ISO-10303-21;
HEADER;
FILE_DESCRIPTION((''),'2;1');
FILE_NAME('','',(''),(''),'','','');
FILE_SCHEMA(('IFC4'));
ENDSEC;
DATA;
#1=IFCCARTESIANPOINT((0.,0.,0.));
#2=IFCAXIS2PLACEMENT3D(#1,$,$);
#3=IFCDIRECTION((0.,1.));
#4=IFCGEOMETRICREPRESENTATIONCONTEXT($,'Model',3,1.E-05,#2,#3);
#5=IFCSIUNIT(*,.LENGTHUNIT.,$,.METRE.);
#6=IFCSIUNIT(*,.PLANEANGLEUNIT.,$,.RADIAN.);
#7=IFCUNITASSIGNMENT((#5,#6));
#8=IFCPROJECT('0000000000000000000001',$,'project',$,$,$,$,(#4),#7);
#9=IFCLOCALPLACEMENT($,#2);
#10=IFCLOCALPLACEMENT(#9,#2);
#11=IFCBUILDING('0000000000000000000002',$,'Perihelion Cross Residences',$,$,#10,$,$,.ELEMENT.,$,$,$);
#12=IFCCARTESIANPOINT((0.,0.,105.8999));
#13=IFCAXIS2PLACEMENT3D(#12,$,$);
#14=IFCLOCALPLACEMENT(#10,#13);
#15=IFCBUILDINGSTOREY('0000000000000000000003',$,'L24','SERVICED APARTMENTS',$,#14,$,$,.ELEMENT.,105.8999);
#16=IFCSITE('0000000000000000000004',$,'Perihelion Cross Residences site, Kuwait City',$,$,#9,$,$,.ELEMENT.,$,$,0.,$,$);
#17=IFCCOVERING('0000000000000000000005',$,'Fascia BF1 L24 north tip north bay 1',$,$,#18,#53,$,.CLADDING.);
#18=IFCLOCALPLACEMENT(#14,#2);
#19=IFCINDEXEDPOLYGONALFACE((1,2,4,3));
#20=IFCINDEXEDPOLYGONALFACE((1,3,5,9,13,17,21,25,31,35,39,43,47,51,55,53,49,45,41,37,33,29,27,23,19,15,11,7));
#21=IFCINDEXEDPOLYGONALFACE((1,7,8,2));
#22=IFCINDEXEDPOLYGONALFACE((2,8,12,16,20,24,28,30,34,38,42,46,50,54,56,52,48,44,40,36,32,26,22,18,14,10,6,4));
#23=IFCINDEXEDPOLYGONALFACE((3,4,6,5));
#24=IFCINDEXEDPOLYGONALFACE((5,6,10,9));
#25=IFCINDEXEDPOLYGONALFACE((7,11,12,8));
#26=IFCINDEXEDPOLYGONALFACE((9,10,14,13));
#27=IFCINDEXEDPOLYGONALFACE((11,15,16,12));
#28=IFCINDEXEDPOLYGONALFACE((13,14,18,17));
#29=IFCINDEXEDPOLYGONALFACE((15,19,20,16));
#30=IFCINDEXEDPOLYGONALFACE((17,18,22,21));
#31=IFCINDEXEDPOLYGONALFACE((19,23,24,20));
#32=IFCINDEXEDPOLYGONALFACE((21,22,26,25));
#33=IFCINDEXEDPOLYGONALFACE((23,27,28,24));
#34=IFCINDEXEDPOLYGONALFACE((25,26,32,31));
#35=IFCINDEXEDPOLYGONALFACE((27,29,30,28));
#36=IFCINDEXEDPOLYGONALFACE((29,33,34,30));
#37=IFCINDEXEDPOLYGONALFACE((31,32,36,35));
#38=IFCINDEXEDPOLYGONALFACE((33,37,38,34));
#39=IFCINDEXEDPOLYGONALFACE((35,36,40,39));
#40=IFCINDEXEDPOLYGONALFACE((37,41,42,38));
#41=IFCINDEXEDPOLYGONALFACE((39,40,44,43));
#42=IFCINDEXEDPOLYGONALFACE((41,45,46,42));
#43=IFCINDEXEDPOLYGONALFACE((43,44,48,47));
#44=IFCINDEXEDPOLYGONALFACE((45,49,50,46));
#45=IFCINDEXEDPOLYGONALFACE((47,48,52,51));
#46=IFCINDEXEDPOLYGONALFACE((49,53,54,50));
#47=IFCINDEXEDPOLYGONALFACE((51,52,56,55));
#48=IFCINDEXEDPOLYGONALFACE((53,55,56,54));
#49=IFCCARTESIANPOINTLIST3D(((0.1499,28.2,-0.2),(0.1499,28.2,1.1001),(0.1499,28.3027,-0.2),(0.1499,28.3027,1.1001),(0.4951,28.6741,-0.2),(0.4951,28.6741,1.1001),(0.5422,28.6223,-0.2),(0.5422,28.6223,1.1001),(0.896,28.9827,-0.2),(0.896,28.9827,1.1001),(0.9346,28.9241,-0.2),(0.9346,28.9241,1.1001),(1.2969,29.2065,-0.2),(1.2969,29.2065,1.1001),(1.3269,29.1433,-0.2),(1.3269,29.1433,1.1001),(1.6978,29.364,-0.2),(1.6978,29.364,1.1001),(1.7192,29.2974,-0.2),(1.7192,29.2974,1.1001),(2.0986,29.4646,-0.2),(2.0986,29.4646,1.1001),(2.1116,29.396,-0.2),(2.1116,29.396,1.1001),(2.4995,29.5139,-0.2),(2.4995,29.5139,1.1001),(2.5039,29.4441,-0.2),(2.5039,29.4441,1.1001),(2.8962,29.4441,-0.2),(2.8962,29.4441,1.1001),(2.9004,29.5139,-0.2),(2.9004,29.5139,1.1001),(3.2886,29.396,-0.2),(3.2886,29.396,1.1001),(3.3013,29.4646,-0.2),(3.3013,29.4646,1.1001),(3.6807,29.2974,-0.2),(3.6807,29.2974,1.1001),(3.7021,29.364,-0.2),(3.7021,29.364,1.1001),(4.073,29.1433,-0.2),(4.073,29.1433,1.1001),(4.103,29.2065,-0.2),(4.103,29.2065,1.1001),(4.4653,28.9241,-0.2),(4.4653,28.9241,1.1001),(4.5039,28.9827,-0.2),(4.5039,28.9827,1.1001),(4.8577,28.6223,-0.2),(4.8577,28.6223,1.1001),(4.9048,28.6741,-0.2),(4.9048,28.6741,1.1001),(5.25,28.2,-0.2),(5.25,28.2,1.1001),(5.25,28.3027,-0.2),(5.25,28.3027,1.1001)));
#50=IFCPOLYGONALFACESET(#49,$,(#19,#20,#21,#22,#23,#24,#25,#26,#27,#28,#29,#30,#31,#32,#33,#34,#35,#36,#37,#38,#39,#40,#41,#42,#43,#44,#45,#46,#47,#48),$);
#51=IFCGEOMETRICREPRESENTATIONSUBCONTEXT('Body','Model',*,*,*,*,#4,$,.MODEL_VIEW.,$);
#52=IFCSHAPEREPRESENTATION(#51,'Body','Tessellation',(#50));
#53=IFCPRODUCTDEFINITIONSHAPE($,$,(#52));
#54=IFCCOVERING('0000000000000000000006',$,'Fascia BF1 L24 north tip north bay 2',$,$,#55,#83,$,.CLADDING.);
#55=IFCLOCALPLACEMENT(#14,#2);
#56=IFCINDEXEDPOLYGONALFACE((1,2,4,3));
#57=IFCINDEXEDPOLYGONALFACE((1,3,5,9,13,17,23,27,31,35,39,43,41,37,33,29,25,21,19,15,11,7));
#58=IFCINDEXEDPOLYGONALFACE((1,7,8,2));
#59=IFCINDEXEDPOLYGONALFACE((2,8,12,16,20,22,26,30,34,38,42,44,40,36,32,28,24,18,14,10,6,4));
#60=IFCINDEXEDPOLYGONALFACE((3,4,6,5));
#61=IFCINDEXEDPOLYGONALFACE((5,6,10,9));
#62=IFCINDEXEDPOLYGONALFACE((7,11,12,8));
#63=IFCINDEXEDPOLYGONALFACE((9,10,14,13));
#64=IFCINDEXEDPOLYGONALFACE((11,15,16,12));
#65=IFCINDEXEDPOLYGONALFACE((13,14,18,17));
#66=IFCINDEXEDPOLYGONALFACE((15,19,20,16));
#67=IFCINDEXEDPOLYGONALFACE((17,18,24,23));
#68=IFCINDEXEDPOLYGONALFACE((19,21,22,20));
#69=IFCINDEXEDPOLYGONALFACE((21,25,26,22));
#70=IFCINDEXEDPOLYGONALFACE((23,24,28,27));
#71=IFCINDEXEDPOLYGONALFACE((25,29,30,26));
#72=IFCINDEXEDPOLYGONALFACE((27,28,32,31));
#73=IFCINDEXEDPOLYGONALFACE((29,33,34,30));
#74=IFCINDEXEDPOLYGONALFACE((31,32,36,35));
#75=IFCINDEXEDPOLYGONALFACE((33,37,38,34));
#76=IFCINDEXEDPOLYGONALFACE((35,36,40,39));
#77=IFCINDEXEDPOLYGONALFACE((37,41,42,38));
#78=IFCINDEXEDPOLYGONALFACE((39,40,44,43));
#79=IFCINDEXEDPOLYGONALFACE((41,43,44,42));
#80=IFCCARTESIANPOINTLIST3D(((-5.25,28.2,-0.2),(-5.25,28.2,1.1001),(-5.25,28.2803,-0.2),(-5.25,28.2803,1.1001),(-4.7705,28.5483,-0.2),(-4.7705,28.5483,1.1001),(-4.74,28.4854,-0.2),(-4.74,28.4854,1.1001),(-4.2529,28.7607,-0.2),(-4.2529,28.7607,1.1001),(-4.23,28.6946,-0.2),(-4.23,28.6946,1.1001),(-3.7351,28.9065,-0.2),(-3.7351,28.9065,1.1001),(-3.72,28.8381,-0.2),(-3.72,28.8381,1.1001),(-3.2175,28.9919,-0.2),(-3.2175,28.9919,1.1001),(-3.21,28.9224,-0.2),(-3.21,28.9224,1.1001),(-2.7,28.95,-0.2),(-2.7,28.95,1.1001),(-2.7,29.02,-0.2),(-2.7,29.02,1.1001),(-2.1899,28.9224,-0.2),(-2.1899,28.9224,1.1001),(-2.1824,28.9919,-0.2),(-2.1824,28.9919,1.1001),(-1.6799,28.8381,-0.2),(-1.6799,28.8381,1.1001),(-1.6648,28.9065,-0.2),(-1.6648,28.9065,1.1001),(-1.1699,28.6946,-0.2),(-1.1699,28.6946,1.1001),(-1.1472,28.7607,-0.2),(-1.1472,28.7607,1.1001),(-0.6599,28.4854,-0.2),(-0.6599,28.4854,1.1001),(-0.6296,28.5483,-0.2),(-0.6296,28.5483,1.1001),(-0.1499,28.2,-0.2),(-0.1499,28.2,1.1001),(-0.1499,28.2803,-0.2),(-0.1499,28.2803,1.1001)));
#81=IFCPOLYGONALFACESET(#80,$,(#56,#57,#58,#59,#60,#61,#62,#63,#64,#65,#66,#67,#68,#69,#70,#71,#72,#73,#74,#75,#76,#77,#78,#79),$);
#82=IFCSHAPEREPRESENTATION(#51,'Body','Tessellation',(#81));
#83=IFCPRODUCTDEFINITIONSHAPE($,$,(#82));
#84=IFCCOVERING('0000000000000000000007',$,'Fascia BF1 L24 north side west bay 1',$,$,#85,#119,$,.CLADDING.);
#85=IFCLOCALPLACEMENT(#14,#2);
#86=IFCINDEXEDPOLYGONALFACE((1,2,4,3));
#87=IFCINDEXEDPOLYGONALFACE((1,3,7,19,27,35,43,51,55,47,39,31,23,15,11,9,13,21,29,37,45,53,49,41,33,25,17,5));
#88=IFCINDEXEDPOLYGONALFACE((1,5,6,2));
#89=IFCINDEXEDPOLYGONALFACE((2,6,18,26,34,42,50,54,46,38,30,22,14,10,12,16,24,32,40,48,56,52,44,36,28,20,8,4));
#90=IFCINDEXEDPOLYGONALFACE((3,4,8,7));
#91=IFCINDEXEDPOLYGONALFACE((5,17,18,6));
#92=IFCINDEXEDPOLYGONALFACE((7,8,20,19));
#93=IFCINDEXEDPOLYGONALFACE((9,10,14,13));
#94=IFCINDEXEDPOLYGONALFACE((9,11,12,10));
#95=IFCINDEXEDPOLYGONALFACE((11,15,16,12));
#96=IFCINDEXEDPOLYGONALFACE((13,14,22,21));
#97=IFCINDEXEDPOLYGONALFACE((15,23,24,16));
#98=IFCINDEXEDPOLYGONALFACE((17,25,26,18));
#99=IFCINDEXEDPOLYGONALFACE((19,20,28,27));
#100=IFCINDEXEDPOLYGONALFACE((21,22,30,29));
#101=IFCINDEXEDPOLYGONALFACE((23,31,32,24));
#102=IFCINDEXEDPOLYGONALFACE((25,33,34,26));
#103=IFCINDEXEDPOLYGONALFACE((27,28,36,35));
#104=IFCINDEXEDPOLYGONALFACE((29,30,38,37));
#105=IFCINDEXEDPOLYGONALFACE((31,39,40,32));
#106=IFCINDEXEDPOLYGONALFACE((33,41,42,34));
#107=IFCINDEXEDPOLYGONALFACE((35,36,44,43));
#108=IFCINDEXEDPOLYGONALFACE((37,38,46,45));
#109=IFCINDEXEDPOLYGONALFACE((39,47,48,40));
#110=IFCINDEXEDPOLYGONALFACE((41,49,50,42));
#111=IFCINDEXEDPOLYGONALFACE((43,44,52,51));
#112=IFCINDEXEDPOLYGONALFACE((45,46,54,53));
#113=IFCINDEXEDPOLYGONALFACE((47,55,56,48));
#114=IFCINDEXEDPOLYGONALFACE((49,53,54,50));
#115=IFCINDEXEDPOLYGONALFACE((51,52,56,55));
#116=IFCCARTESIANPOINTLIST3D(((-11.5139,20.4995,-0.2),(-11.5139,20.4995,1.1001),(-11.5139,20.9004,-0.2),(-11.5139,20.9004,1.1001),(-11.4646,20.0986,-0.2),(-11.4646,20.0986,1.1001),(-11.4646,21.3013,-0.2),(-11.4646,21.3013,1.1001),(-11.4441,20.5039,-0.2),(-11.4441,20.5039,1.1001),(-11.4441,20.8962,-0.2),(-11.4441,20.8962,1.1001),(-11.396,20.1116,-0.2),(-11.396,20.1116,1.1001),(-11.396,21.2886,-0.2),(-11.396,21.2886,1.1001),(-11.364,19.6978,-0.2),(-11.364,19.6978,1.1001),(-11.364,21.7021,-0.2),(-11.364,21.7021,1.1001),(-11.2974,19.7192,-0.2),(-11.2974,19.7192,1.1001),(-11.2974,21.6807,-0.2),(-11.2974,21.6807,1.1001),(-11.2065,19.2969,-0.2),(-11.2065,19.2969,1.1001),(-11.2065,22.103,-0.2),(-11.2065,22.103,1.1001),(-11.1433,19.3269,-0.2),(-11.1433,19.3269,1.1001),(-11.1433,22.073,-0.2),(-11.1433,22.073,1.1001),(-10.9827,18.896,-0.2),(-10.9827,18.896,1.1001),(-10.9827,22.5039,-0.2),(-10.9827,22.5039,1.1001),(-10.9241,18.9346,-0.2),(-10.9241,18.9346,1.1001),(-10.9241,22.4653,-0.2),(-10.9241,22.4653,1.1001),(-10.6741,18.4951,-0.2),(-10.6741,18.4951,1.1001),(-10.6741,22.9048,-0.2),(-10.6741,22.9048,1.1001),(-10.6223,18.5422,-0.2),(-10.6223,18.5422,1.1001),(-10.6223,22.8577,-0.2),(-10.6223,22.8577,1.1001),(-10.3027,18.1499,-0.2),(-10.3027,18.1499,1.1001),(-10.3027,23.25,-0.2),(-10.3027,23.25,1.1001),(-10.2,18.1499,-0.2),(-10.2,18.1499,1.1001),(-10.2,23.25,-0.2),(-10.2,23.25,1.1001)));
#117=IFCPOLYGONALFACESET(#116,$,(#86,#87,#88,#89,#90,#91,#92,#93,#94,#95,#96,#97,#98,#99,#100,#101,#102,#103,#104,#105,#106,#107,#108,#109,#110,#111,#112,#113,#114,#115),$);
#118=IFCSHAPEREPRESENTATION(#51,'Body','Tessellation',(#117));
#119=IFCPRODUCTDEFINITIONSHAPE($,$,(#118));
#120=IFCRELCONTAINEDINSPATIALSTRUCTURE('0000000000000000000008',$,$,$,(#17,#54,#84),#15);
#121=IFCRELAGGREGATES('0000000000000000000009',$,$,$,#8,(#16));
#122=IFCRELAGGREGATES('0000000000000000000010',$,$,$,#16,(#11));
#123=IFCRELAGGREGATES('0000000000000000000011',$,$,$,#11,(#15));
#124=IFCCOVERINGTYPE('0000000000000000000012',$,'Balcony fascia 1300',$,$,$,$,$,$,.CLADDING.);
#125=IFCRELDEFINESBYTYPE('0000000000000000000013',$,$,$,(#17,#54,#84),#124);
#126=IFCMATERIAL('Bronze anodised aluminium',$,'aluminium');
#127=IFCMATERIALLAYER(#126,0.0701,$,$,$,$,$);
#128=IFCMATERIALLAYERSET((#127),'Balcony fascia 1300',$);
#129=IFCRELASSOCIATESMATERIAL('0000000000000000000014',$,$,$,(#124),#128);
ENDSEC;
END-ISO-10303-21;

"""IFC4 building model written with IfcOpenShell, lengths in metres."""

from ifc_helpers import new_model, si_unit, direction, frame, origin, place, context, subcontext, project, spatial, polyline, outline, extrude, material, layer, layer_set, type_object, element, save


model = new_model("IFC4")

# Units and contexts
model_context = context("Model", 3, precision=1e-05, world=origin(), true_north=direction((0.0, 1.0)))
body_context = subcontext(model_context, "Body", "Model", "MODEL_VIEW")
ifc_project = project(units=[si_unit("LENGTHUNIT", "METRE"), si_unit("PLANEANGLEUNIT", "RADIAN")], contexts=[model_context])

# Site, building, storey
site_placement = place(None, origin())
site = spatial("IfcSite", under=ifc_project, at=site_placement, Name="Perihelion Cross Residences site, Kuwait City", CompositionType="ELEMENT", RefElevation=0.0)
building_placement = place(site_placement, origin())
building = spatial("IfcBuilding", under=site, at=building_placement, Name="Perihelion Cross Residences", CompositionType="ELEMENT")
storey_placement = place(building_placement, frame((0.0, 0.0, 105.8999)))
storey = spatial("IfcBuildingStorey", under=building, at=storey_placement, Name="L24", Description="SERVICED APARTMENTS", CompositionType="ELEMENT", Elevation=105.8999)

# Coverings
ifc_material_1 = material(Name="Bronze anodised aluminium", Category="aluminium")
ifc_layer_1 = layer(ifc_material_1, 0.0701)
ifc_layer_set_1 = layer_set([ifc_layer_1], Name="Balcony fascia 1300")
covering_type = type_object("IfcCoveringType", Name="Balcony fascia 1300", PredefinedType="CLADDING", material=ifc_layer_set_1)
covering_1_placement = place(storey_placement, frame((0.0, 0.0, -0.2)))
element("IfcCovering", 1, at=covering_1_placement, inside=storey, type_object=covering_type, Name="Fascia BF1 L24 north tip north bay 1", PredefinedType="CLADDING", context=body_context, shape_type="SweptSolid", body=[
    extrude(outline(polyline([(4.9048, 28.6741), (4.5039, 28.9827), (4.103, 29.2065), (3.7021, 29.364), (3.3013, 29.4646), (2.9004, 29.5139), (2.4995, 29.5139), (2.0986, 29.4646), (1.6978, 29.364), (1.2969, 29.2065), (0.896, 28.9827), (0.4951, 28.6741), (0.1499, 28.3027), (0.1499, 28.2), (0.5422, 28.6223), (0.9346, 28.9241), (1.3269, 29.1433), (1.7192, 29.2974), (2.1116, 29.396), (2.5039, 29.4441), (2.8962, 29.4441), (3.2886, 29.396), (3.6807, 29.2974), (4.073, 29.1433), (4.4653, 28.9241), (4.8577, 28.6223), (5.25, 28.2), (5.25, 28.3027), (4.9048, 28.6741)])), origin(), (0.0, 0.0, 1.0), 1.3),
])
covering_2_placement = place(storey_placement, frame((0.0, 0.0, -0.2)))
element("IfcCovering", 2, at=covering_2_placement, inside=storey, type_object=covering_type, Name="Fascia BF1 L24 north tip north bay 2", PredefinedType="CLADDING", context=body_context, shape_type="SweptSolid", body=[
    extrude(outline(polyline([(-0.6296, 28.5483), (-1.1472, 28.7607), (-1.6648, 28.9065), (-2.1824, 28.9919), (-2.7, 29.02), (-3.2175, 28.9919), (-3.7351, 28.9065), (-4.2529, 28.7607), (-4.7705, 28.5483), (-5.25, 28.2803), (-5.25, 28.2), (-4.74, 28.4854), (-4.23, 28.6946), (-3.72, 28.8381), (-3.21, 28.9224), (-2.7, 28.95), (-2.1899, 28.9224), (-1.6799, 28.8381), (-1.1699, 28.6946), (-0.6599, 28.4854), (-0.1499, 28.2), (-0.1499, 28.2803), (-0.6296, 28.5483)])), origin(), (0.0, 0.0, 1.0), 1.3),
])
covering_3_placement = place(storey_placement, frame((0.0, 0.0, -0.2)))
element("IfcCovering", 3, at=covering_3_placement, inside=storey, type_object=covering_type, Name="Fascia BF1 L24 north side west bay 1", PredefinedType="CLADDING", context=body_context, shape_type="SweptSolid", body=[
    extrude(outline(polyline([(-10.6741, 22.9048), (-10.9827, 22.5039), (-11.2065, 22.103), (-11.364, 21.7021), (-11.4646, 21.3013), (-11.5139, 20.9004), (-11.5139, 20.4995), (-11.4646, 20.0986), (-11.364, 19.6978), (-11.2065, 19.2969), (-10.9827, 18.896), (-10.6741, 18.4951), (-10.3027, 18.1499), (-10.2, 18.1499), (-10.6223, 18.5422), (-10.9241, 18.9346), (-11.1433, 19.3269), (-11.2974, 19.7192), (-11.396, 20.1116), (-11.4441, 20.5039), (-11.4441, 20.8962), (-11.396, 21.2886), (-11.2974, 21.6807), (-11.1433, 22.073), (-10.9241, 22.4653), (-10.6223, 22.8577), (-10.2, 23.25), (-10.3027, 23.25), (-10.6741, 22.9048)])), origin(), (0.0, 0.0, 1.0), 1.3),
])

save(model, "model.ifc")
